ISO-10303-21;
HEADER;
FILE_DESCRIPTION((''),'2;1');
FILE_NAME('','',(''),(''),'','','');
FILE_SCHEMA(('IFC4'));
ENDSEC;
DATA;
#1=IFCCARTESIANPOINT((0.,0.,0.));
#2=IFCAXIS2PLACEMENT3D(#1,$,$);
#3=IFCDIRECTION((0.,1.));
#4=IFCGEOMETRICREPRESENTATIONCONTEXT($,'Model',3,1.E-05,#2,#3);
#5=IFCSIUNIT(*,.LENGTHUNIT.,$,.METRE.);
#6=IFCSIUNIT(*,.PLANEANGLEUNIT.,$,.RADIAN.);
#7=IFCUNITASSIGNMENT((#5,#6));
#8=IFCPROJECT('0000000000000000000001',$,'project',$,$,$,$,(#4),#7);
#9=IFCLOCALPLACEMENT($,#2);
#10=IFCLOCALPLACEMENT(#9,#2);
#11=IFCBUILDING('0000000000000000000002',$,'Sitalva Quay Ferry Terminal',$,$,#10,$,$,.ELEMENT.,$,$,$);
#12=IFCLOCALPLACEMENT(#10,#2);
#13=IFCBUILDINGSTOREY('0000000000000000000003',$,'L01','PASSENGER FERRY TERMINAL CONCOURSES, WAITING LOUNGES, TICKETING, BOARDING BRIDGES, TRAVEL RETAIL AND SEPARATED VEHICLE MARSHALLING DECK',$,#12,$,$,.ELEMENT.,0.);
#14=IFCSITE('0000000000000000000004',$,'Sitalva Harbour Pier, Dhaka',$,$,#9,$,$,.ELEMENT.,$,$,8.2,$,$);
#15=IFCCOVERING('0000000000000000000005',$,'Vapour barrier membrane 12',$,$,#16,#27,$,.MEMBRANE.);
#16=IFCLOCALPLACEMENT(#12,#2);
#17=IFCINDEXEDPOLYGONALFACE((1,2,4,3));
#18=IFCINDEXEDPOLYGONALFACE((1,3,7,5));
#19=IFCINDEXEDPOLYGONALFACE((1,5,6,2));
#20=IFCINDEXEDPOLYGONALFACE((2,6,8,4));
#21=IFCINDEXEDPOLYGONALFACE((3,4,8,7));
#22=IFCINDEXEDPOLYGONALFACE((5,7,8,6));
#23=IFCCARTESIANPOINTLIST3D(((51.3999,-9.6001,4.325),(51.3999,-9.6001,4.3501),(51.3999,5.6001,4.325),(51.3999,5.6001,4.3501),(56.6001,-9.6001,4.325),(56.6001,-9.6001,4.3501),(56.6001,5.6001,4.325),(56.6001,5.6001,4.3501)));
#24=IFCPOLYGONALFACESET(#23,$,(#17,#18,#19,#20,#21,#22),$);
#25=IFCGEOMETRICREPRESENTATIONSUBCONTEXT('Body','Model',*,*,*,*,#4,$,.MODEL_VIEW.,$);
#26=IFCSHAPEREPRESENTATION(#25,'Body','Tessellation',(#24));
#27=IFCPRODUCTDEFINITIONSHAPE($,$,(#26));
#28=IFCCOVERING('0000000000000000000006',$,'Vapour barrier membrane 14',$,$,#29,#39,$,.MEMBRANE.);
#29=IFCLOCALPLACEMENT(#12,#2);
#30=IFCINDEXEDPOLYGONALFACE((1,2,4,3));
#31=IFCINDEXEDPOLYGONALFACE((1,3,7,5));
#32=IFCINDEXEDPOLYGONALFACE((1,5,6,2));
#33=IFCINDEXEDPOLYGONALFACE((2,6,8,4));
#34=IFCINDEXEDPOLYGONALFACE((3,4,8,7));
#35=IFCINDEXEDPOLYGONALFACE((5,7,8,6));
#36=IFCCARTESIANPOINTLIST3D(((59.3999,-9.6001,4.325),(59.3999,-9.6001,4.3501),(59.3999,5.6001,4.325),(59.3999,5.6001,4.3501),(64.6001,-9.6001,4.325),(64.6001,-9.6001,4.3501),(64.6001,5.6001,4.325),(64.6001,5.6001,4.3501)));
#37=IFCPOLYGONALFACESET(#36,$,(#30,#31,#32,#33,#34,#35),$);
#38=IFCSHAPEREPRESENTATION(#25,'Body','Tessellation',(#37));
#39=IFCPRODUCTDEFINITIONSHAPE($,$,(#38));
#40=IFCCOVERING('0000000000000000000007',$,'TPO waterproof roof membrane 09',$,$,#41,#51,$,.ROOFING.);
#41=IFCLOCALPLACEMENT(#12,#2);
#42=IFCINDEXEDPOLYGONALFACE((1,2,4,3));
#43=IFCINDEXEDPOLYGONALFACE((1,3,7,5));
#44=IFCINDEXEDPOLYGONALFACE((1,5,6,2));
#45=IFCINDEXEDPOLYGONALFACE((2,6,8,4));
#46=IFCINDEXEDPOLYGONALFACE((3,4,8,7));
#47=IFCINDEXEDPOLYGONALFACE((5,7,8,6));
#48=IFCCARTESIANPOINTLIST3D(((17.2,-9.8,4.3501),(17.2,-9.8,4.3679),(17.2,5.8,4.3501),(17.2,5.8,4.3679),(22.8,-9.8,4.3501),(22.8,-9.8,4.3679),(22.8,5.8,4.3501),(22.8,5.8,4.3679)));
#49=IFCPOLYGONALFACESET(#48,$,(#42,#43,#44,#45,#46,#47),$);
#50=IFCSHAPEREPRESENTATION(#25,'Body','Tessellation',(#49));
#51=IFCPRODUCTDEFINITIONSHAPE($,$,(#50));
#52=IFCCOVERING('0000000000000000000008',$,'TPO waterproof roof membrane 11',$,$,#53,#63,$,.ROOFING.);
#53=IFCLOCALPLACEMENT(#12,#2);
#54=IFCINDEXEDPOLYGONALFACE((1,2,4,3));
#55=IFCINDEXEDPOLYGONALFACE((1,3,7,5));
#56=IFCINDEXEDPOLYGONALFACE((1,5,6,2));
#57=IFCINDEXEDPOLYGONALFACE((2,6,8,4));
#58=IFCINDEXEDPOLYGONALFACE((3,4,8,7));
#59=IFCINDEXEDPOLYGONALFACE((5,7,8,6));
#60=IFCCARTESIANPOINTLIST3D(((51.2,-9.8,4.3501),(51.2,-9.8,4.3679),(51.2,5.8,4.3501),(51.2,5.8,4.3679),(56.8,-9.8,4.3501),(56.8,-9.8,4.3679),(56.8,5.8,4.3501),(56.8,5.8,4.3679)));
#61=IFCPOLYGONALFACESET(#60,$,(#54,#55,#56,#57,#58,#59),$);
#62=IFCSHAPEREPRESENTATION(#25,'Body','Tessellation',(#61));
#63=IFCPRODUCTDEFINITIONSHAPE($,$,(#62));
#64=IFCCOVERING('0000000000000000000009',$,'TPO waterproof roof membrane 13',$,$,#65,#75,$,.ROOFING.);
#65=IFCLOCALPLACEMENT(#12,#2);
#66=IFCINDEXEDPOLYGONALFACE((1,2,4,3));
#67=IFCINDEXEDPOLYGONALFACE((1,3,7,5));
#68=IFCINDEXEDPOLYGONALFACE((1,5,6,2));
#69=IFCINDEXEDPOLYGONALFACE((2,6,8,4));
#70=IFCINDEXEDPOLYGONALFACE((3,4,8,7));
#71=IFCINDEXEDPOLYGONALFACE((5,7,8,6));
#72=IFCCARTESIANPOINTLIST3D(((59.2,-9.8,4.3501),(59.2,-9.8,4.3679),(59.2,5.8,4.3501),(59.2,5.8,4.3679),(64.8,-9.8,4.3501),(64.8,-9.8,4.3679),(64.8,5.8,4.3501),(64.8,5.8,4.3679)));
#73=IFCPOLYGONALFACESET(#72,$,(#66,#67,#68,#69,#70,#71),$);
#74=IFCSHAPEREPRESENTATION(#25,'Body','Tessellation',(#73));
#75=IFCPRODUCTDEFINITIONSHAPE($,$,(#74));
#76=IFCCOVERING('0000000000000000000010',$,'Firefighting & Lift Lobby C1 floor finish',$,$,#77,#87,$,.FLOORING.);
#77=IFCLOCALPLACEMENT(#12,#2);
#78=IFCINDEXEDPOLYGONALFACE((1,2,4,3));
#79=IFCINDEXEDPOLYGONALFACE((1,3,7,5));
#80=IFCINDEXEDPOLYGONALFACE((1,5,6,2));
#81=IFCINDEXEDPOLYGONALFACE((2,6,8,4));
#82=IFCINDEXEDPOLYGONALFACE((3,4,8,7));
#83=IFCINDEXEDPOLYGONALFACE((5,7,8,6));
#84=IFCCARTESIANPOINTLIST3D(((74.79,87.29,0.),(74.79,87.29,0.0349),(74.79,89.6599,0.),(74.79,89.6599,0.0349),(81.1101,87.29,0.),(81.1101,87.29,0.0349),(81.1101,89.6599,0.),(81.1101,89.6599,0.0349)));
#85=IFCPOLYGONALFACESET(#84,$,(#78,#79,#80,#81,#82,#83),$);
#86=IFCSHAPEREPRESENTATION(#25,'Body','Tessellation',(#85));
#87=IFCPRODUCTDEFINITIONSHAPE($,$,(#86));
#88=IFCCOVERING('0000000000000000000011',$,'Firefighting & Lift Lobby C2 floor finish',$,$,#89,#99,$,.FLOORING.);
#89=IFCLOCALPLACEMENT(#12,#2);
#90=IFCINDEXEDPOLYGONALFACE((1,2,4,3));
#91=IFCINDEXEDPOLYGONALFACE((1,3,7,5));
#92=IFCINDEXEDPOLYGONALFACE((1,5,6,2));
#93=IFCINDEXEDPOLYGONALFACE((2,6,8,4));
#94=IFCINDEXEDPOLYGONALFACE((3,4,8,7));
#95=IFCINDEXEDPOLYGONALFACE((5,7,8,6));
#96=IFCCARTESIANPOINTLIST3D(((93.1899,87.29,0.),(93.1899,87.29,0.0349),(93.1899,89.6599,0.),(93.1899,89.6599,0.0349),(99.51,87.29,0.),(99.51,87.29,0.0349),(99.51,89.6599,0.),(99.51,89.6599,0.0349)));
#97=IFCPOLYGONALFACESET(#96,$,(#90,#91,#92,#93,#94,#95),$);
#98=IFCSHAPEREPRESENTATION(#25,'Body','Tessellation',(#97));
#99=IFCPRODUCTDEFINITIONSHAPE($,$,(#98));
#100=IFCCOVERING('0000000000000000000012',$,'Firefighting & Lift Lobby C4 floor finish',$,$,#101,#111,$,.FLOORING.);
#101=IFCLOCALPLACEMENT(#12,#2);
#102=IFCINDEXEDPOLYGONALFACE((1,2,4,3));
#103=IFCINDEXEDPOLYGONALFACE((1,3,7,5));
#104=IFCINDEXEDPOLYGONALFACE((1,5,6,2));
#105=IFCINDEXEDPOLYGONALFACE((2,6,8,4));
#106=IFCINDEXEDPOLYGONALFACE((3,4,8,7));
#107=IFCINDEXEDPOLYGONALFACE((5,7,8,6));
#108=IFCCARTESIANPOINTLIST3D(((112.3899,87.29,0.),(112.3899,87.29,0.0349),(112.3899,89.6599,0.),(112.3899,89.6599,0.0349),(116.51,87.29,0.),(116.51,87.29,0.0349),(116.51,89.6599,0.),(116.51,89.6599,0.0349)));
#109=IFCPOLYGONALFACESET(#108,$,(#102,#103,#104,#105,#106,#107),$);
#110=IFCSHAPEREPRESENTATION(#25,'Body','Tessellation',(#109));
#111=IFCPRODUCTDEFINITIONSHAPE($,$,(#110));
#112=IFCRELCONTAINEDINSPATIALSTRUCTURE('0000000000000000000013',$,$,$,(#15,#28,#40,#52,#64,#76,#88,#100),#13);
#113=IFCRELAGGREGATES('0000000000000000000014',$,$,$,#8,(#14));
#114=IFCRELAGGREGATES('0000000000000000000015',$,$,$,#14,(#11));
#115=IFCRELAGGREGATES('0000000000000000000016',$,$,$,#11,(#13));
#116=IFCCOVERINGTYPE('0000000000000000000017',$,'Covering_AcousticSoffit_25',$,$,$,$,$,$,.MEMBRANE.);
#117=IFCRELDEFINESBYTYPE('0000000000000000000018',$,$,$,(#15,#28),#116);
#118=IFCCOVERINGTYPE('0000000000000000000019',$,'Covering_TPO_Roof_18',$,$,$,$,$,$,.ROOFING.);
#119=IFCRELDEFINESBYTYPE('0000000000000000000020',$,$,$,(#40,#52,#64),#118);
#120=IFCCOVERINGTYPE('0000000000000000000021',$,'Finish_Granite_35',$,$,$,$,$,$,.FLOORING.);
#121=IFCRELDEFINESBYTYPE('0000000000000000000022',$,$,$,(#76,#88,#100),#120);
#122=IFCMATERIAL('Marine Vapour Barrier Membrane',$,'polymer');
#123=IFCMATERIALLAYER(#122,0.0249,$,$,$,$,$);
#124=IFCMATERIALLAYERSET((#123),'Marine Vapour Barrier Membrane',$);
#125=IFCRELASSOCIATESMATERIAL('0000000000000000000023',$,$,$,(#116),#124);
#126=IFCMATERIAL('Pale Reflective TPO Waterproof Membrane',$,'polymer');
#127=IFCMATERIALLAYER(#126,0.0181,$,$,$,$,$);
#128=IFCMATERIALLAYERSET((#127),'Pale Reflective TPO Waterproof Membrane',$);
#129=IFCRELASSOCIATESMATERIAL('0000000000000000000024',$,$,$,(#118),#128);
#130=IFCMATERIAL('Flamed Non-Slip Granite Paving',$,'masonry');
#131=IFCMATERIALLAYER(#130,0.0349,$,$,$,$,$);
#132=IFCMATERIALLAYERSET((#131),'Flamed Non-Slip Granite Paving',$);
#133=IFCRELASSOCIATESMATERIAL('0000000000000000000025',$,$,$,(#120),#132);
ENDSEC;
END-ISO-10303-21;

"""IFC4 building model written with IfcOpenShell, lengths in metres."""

from ifc_helpers import new_model, si_unit, direction, frame, origin, place, context, subcontext, project, spatial, polyline, outline, extrude, material, layer, layer_set, type_object, element, save


model = new_model("IFC4")

# Units and contexts
model_context = context("Model", 3, precision=1e-05, world=origin(), true_north=direction((0.0, 1.0)))
body_context = subcontext(model_context, "Body", "Model", "MODEL_VIEW")
ifc_project = project(units=[si_unit("LENGTHUNIT", "METRE"), si_unit("PLANEANGLEUNIT", "RADIAN")], contexts=[model_context])

# Site, building, storey
site_placement = place(None, origin())
site = spatial("IfcSite", under=ifc_project, at=site_placement, Name="Sitalva Harbour Pier, Dhaka", CompositionType="ELEMENT", RefElevation=8.2)
building_placement = place(site_placement, origin())
building = spatial("IfcBuilding", under=site, at=building_placement, Name="Sitalva Quay Ferry Terminal", CompositionType="ELEMENT")
storey_placement = place(building_placement, origin())
storey = spatial("IfcBuildingStorey", under=building, at=storey_placement, Name="L01", Description="PASSENGER FERRY TERMINAL CONCOURSES, WAITING LOUNGES, TICKETING, BOARDING BRIDGES, TRAVEL RETAIL AND SEPARATED VEHICLE MARSHALLING DECK", CompositionType="ELEMENT", Elevation=0.0)

# Coverings
ifc_material_1 = material(Name="Marine Vapour Barrier Membrane", Category="polymer")
ifc_layer_1 = layer(ifc_material_1, 0.0249)
ifc_layer_set_1 = layer_set([ifc_layer_1], Name="Marine Vapour Barrier Membrane")
covering_type_1 = type_object("IfcCoveringType", Name="Covering_AcousticSoffit_25", PredefinedType="MEMBRANE", material=ifc_layer_set_1)
covering_1_placement = place(storey_placement, frame((0.0, 0.0, 4.325)))
element("IfcCovering", 1, at=covering_1_placement, inside=storey, type_object=covering_type_1, Name="Vapour barrier membrane 12", PredefinedType="MEMBRANE", context=body_context, shape_type="SweptSolid", body=[
    extrude(outline(polyline([(51.3999, -9.6001), (56.6001, -9.6001), (56.6001, 5.6001), (51.3999, 5.6001), (51.3999, -9.6001)])), origin(), (0.0, 0.0, 1.0), 0.0251),
])
covering_2_placement = place(storey_placement, frame((0.0, 0.0, 4.325)))
element("IfcCovering", 2, at=covering_2_placement, inside=storey, type_object=covering_type_1, Name="Vapour barrier membrane 14", PredefinedType="MEMBRANE", context=body_context, shape_type="SweptSolid", body=[
    extrude(outline(polyline([(59.3999, -9.6001), (64.6001, -9.6001), (64.6001, 5.6001), (59.3999, 5.6001), (59.3999, -9.6001)])), origin(), (0.0, 0.0, 1.0), 0.0251),
])
ifc_material_2 = material(Name="Pale Reflective TPO Waterproof Membrane", Category="polymer")
ifc_layer_2 = layer(ifc_material_2, 0.0181)
ifc_layer_set_2 = layer_set([ifc_layer_2], Name="Pale Reflective TPO Waterproof Membrane")
covering_type_2 = type_object("IfcCoveringType", Name="Covering_TPO_Roof_18", PredefinedType="ROOFING", material=ifc_layer_set_2)
covering_3_placement = place(storey_placement, frame((0.0, 0.0, 4.3501)))
element("IfcCovering", 3, at=covering_3_placement, inside=storey, type_object=covering_type_2, Name="TPO waterproof roof membrane 09", PredefinedType="ROOFING", context=body_context, shape_type="SweptSolid", body=[
    extrude(outline(polyline([(17.2, -9.8), (22.8, -9.8), (22.8, 5.8), (17.2, 5.8), (17.2, -9.8)])), origin(), (0.0, 0.0, 1.0), 0.0178),
])
covering_4_placement = place(storey_placement, frame((0.0, 0.0, 4.3501)))
element("IfcCovering", 4, at=covering_4_placement, inside=storey, type_object=covering_type_2, Name="TPO waterproof roof membrane 11", PredefinedType="ROOFING", context=body_context, shape_type="SweptSolid", body=[
    extrude(outline(polyline([(51.2, -9.8), (56.8, -9.8), (56.8, 5.8), (51.2, 5.8), (51.2, -9.8)])), origin(), (0.0, 0.0, 1.0), 0.0178),
])
covering_5_placement = place(storey_placement, frame((0.0, 0.0, 4.3501)))
element("IfcCovering", 5, at=covering_5_placement, inside=storey, type_object=covering_type_2, Name="TPO waterproof roof membrane 13", PredefinedType="ROOFING", context=body_context, shape_type="SweptSolid", body=[
    extrude(outline(polyline([(59.2, -9.8), (64.8, -9.8), (64.8, 5.8), (59.2, 5.8), (59.2, -9.8)])), origin(), (0.0, 0.0, 1.0), 0.0178),
])
ifc_material_3 = material(Name="Flamed Non-Slip Granite Paving", Category="masonry")
ifc_layer_3 = layer(ifc_material_3, 0.0349)
ifc_layer_set_3 = layer_set([ifc_layer_3], Name="Flamed Non-Slip Granite Paving")
covering_type_3 = type_object("IfcCoveringType", Name="Finish_Granite_35", PredefinedType="FLOORING", material=ifc_layer_set_3)
covering_6_placement = place(storey_placement, origin())
element("IfcCovering", 6, at=covering_6_placement, inside=storey, type_object=covering_type_3, Name="Firefighting & Lift Lobby C1 floor finish", PredefinedType="FLOORING", context=body_context, shape_type="SweptSolid", body=[
    extrude(outline(polyline([(74.79, 87.29), (81.1101, 87.29), (81.1101, 89.6599), (74.79, 89.6599), (74.79, 87.29)])), origin(), (0.0, 0.0, 1.0), 0.0349),
])
covering_7_placement = place(storey_placement, origin())
element("IfcCovering", 7, at=covering_7_placement, inside=storey, type_object=covering_type_3, Name="Firefighting & Lift Lobby C2 floor finish", PredefinedType="FLOORING", context=body_context, shape_type="SweptSolid", body=[
    extrude(outline(polyline([(93.1899, 87.29), (99.51, 87.29), (99.51, 89.6599), (93.1899, 89.6599), (93.1899, 87.29)])), origin(), (0.0, 0.0, 1.0), 0.0349),
])
covering_8_placement = place(storey_placement, origin())
element("IfcCovering", 8, at=covering_8_placement, inside=storey, type_object=covering_type_3, Name="Firefighting & Lift Lobby C4 floor finish", PredefinedType="FLOORING", context=body_context, shape_type="SweptSolid", body=[
    extrude(outline(polyline([(112.3899, 87.29), (116.51, 87.29), (116.51, 89.6599), (112.3899, 89.6599), (112.3899, 87.29)])), origin(), (0.0, 0.0, 1.0), 0.0349),
])

save(model, "model.ifc")
